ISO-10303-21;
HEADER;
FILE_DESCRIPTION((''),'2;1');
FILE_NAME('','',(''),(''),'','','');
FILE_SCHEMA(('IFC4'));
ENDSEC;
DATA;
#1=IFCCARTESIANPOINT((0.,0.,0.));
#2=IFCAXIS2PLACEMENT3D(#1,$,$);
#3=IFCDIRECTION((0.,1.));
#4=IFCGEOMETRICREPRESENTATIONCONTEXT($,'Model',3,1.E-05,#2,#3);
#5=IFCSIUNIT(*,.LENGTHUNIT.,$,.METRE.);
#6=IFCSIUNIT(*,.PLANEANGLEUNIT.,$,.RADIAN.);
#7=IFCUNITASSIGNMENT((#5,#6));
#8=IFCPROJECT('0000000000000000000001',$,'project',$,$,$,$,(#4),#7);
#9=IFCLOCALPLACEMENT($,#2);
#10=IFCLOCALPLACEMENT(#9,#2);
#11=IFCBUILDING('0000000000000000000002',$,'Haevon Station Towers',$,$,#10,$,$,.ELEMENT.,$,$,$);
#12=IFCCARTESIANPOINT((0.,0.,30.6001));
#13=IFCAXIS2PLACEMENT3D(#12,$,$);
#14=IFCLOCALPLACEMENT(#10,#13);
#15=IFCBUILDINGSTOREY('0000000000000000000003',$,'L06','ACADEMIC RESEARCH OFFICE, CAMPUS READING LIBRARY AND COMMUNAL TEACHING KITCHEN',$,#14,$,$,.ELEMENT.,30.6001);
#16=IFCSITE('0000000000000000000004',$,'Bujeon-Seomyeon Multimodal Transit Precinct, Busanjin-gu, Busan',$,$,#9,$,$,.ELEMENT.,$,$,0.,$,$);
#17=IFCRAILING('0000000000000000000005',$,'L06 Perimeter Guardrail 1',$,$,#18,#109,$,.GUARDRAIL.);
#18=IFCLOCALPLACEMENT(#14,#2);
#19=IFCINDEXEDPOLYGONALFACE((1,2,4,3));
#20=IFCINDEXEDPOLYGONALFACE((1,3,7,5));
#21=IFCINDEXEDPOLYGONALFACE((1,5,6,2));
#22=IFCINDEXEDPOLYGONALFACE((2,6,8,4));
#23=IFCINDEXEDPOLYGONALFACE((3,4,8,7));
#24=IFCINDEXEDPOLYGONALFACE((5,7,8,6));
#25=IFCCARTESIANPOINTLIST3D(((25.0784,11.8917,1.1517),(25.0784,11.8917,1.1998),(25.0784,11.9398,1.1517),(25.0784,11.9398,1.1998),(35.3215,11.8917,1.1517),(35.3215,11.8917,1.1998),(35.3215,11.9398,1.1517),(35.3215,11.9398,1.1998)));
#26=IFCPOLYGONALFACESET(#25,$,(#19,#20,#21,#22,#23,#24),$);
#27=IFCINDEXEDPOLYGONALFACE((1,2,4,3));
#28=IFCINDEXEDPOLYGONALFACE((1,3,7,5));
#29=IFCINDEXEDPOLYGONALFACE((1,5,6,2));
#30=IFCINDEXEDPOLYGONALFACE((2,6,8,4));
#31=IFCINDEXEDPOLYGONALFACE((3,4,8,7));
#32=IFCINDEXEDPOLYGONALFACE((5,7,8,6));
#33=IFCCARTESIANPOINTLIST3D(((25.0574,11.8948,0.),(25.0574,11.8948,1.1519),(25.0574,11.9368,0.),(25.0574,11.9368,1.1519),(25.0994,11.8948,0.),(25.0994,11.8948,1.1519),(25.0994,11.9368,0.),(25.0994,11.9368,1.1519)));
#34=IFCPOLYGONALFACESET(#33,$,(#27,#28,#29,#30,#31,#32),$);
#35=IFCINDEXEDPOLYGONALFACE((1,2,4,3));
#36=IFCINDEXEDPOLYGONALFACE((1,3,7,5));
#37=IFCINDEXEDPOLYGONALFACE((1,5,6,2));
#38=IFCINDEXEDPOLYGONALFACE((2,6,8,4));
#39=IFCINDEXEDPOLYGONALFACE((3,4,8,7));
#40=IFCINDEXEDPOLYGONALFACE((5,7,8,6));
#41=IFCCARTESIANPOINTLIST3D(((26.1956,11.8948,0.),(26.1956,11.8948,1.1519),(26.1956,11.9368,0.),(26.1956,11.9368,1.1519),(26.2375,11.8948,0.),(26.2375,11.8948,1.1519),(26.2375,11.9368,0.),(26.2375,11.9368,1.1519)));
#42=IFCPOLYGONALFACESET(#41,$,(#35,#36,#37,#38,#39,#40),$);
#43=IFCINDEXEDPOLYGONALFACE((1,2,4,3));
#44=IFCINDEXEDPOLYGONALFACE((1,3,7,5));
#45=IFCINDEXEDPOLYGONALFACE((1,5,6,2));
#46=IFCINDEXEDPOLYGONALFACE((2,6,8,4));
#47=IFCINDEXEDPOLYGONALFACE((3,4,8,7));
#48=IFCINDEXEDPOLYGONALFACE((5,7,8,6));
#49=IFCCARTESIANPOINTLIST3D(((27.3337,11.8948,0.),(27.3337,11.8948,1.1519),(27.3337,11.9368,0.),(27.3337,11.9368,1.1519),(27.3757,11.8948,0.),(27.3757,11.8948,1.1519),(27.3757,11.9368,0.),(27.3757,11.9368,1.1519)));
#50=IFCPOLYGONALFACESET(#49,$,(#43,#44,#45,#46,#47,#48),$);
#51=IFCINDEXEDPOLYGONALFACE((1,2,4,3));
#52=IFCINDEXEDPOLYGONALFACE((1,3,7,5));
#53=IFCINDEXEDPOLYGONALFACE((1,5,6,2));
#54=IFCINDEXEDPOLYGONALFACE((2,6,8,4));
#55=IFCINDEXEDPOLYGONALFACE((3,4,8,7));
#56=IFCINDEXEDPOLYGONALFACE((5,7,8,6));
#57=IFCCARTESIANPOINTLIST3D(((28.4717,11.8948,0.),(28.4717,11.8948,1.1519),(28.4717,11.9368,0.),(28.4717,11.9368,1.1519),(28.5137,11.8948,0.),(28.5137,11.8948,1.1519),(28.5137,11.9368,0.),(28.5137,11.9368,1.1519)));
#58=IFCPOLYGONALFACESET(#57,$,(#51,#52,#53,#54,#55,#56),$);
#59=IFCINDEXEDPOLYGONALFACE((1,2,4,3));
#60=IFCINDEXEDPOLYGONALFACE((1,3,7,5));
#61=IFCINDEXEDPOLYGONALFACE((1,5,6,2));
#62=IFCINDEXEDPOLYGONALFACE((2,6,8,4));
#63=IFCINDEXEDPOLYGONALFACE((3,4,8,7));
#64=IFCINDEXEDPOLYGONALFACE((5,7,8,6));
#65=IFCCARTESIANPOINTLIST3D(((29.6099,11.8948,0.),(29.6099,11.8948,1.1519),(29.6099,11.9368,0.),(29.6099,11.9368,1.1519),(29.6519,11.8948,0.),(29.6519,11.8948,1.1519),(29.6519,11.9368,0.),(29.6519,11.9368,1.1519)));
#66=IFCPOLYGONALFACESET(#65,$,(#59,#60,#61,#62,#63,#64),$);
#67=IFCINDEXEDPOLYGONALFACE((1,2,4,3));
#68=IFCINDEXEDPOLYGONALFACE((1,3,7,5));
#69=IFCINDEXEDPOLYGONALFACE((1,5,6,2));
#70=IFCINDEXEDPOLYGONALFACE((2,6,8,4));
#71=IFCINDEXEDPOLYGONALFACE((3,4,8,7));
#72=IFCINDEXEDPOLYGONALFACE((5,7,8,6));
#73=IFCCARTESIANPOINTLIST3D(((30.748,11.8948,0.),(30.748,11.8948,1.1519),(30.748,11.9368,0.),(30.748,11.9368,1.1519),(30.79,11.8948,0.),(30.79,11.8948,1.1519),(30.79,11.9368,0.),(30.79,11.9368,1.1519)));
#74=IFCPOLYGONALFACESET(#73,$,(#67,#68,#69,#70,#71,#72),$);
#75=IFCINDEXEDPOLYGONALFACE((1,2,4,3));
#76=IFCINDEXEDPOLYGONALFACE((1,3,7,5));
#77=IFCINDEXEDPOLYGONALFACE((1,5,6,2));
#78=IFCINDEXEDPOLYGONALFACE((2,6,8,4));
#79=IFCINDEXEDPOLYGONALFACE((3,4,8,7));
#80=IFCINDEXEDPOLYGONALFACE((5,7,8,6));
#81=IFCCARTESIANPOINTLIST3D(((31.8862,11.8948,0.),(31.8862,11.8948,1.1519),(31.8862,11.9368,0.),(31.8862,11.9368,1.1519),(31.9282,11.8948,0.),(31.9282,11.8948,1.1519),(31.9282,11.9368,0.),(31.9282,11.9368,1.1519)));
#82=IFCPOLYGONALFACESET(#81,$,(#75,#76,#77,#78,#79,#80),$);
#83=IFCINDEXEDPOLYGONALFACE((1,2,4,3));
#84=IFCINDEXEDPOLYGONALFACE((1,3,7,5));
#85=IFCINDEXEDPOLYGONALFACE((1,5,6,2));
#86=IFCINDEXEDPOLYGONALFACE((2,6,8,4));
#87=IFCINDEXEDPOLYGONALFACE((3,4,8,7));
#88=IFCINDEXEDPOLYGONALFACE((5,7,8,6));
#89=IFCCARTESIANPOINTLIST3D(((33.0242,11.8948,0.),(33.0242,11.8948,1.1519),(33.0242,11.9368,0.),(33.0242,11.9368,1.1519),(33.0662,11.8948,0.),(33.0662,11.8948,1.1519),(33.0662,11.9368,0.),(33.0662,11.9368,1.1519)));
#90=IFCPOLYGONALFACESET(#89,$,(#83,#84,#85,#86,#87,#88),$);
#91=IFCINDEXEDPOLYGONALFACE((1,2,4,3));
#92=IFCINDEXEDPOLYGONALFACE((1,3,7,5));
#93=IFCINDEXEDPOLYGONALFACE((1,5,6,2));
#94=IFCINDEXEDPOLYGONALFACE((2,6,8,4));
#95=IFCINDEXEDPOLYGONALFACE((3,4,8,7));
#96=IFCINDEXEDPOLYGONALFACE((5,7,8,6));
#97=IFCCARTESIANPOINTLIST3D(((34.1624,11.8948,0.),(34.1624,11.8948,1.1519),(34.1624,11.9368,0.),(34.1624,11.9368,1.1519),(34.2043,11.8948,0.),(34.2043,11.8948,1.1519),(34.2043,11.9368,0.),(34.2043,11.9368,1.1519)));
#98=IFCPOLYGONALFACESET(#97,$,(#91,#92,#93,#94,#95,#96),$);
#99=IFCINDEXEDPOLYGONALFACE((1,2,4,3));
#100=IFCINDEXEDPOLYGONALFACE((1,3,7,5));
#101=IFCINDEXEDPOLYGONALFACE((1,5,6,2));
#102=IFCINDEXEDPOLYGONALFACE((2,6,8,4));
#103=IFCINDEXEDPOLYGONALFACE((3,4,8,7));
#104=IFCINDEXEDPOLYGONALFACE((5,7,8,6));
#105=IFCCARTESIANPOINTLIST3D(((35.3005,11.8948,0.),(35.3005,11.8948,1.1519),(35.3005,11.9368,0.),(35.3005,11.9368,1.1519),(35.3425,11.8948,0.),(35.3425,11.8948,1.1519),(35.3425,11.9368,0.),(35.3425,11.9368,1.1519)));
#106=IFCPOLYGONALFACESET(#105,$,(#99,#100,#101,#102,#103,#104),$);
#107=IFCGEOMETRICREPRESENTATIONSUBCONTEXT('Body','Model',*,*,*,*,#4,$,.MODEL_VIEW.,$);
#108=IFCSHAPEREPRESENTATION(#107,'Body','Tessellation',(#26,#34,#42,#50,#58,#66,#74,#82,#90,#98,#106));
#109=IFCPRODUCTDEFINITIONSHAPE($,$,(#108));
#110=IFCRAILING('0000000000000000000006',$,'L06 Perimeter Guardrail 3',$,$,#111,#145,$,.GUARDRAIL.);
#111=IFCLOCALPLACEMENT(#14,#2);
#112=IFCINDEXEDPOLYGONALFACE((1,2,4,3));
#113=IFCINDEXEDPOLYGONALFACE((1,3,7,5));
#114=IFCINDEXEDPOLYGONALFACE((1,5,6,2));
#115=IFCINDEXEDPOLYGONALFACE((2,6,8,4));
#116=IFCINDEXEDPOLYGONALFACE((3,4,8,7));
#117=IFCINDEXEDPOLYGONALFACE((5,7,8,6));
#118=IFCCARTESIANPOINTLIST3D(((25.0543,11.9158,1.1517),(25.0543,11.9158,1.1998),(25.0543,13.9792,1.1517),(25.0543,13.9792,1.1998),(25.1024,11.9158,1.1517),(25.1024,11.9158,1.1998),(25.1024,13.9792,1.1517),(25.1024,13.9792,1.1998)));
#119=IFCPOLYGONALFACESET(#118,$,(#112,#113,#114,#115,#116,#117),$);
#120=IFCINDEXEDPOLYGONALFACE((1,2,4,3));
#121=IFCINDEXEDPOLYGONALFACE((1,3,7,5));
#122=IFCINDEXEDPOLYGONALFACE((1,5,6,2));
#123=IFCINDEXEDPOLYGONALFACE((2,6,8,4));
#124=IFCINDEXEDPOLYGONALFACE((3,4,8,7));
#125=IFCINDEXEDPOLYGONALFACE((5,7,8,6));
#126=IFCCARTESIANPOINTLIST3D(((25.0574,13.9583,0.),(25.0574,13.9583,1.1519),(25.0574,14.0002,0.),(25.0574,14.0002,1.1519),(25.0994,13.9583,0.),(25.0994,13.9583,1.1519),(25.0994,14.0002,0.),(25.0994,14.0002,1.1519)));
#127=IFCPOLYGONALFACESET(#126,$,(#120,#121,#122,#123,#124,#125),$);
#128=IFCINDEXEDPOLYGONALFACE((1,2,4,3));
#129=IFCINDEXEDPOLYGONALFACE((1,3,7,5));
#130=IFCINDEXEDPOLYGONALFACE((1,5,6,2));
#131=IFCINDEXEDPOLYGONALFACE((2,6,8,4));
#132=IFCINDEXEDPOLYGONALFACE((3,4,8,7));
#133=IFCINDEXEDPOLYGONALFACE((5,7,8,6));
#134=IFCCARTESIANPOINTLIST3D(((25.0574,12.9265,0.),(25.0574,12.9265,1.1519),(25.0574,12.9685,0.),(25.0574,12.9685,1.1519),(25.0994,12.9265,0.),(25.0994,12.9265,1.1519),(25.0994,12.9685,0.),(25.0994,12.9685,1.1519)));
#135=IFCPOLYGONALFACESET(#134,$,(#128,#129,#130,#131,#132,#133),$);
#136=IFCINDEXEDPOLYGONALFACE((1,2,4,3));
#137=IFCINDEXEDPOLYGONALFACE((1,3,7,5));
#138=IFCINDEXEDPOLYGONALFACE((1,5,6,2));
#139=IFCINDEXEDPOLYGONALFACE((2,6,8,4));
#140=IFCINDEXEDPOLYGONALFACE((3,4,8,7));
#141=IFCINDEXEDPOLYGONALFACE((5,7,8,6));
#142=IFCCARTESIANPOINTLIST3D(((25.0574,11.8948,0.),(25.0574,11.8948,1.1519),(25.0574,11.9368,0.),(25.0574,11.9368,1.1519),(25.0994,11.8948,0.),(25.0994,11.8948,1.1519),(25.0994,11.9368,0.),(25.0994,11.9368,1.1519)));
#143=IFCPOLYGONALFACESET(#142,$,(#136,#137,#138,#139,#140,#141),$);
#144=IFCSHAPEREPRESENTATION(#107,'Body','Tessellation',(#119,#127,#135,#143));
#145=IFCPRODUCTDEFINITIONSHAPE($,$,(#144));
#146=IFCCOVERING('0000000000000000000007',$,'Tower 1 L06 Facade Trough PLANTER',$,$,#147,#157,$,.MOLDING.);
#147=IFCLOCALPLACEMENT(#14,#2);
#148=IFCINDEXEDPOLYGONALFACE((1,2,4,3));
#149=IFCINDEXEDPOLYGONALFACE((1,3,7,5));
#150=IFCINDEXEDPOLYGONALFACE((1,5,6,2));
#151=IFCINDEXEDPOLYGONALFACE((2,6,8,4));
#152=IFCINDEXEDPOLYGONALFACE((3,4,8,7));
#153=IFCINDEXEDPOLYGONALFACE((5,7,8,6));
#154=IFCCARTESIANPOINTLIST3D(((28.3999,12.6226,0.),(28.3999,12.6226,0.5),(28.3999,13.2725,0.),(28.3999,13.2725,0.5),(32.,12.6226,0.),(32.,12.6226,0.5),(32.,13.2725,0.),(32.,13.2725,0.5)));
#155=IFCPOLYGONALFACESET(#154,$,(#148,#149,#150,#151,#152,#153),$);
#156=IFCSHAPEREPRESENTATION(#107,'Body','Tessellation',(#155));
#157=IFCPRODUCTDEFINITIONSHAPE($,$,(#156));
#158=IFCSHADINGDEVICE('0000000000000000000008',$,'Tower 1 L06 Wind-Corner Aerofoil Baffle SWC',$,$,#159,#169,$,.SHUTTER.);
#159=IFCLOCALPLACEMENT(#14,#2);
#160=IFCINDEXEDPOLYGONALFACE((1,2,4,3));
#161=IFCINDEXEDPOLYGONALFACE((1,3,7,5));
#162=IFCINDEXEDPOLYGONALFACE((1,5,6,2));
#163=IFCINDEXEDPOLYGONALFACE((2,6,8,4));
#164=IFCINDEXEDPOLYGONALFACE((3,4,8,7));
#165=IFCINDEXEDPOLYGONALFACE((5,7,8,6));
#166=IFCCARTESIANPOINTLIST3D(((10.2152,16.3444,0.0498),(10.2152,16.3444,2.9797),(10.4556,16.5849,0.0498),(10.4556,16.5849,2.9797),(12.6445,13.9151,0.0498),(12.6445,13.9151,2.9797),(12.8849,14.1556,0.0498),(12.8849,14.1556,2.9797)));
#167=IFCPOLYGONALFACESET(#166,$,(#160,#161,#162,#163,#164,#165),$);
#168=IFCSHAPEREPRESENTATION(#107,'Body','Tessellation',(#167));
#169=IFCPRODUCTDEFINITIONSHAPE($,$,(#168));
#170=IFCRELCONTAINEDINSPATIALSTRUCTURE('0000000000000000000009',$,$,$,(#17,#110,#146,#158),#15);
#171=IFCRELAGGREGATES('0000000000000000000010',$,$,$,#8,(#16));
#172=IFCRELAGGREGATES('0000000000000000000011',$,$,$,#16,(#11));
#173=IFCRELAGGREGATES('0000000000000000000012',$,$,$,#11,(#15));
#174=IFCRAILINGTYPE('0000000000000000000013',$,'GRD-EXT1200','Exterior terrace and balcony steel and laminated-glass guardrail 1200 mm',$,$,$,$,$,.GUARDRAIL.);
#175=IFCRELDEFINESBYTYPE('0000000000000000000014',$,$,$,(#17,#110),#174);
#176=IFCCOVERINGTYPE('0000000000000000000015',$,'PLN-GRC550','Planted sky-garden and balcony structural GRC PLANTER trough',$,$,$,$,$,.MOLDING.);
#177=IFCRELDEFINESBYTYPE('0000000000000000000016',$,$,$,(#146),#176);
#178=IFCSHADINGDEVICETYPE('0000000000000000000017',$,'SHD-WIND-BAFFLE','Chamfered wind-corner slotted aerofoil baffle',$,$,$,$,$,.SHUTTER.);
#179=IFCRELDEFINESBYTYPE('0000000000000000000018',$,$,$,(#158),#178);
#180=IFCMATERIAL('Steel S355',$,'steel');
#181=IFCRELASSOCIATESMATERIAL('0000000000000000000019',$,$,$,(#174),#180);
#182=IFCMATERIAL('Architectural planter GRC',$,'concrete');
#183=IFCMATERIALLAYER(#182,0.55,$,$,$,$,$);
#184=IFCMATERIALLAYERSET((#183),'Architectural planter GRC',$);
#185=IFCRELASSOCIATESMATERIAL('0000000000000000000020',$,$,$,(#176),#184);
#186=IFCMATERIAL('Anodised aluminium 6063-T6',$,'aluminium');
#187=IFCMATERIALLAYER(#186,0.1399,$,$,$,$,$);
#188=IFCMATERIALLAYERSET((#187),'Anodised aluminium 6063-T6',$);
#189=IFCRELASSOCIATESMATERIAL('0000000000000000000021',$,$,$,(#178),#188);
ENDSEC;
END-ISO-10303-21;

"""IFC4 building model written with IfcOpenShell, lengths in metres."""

from ifc_helpers import new_model, si_unit, direction, frame, origin, origin_2d, place, context, subcontext, project, spatial, rectangle, extrude, material, layer, layer_set, type_object, element, save


model = new_model("IFC4")

# Units and contexts
model_context = context("Model", 3, precision=1e-05, world=origin(), true_north=direction((0.0, 1.0)))
body_context = subcontext(model_context, "Body", "Model", "MODEL_VIEW")
ifc_project = project(units=[si_unit("LENGTHUNIT", "METRE"), si_unit("PLANEANGLEUNIT", "RADIAN")], contexts=[model_context])

# Site, building, storey
site_placement = place(None, origin())
site = spatial("IfcSite", under=ifc_project, at=site_placement, Name="Bujeon-Seomyeon Multimodal Transit Precinct, Busanjin-gu, Busan", CompositionType="ELEMENT", RefElevation=0.0)
building_placement = place(site_placement, origin())
building = spatial("IfcBuilding", under=site, at=building_placement, Name="Haevon Station Towers", CompositionType="ELEMENT")
storey_placement = place(building_placement, frame((0.0, 0.0, 30.6001)))
storey = spatial("IfcBuildingStorey", under=building, at=storey_placement, Name="L06", Description="ACADEMIC RESEARCH OFFICE, CAMPUS READING LIBRARY AND COMMUNAL TEACHING KITCHEN", CompositionType="ELEMENT", Elevation=30.6001)

# Shared definitions
ifc_material_1 = material(Name="Steel S355", Category="steel")

# Railings
railing_type = type_object("IfcRailingType", Name="GRD-EXT1200", Description="Exterior terrace and balcony steel and laminated-glass guardrail 1200 mm", PredefinedType="GUARDRAIL", material=ifc_material_1)
railing_1_placement = place(storey_placement, frame((25.0784, 11.9158, 0.0)))
element("IfcRailing", 1, at=railing_1_placement, inside=storey, type_object=railing_type, Name="L06 Perimeter Guardrail 1", PredefinedType="GUARDRAIL", context=body_context, shape_type="SweptSolid", body=[
    extrude(rectangle(XDim=0.0481, YDim=0.0481, at=origin_2d()), frame((0.0, 0.0, 1.1758), z_axis=(1.0, 0.0, 0.0), x_axis=(0.0, 1.0, 0.0)), (0.0, 0.0, 1.0), 10.2432),
    extrude(rectangle(XDim=0.042, YDim=0.042, at=origin_2d()), origin(), (0.0, 0.0, 1.0), 1.1519),
    extrude(rectangle(XDim=0.042, YDim=0.042, at=origin_2d()), frame((1.1382, 0.0, 0.0)), (0.0, 0.0, 1.0), 1.1519),
    extrude(rectangle(XDim=0.042, YDim=0.042, at=origin_2d()), frame((2.2764, 0.0, 0.0)), (0.0, 0.0, 1.0), 1.1519),
    extrude(rectangle(XDim=0.042, YDim=0.042, at=origin_2d()), frame((3.4143, 0.0, 0.0)), (0.0, 0.0, 1.0), 1.1519),
    extrude(rectangle(XDim=0.042, YDim=0.042, at=origin_2d()), frame((4.5525, 0.0, 0.0)), (0.0, 0.0, 1.0), 1.1519),
    extrude(rectangle(XDim=0.042, YDim=0.042, at=origin_2d()), frame((5.6907, 0.0, 0.0)), (0.0, 0.0, 1.0), 1.1519),
    extrude(rectangle(XDim=0.042, YDim=0.042, at=origin_2d()), frame((6.8289, 0.0, 0.0)), (0.0, 0.0, 1.0), 1.1519),
    extrude(rectangle(XDim=0.042, YDim=0.042, at=origin_2d()), frame((7.9668, 0.0, 0.0)), (0.0, 0.0, 1.0), 1.1519),
    extrude(rectangle(XDim=0.042, YDim=0.042, at=origin_2d()), frame((9.105, 0.0, 0.0)), (0.0, 0.0, 1.0), 1.1519),
    extrude(rectangle(XDim=0.042, YDim=0.042, at=origin_2d()), frame((10.2432, 0.0, 0.0)), (0.0, 0.0, 1.0), 1.1519),
])
railing_2_placement = place(storey_placement, frame((25.0784, 13.9792, 0.0)))
element("IfcRailing", 2, at=railing_2_placement, inside=storey, type_object=railing_type, Name="L06 Perimeter Guardrail 3", PredefinedType="GUARDRAIL", context=body_context, shape_type="SweptSolid", body=[
    extrude(rectangle(XDim=0.0481, YDim=0.0481, at=origin_2d()), frame((0.0, 0.0, 1.1758), z_axis=(0.0, -1.0, 0.0), x_axis=(1.0, 0.0, 0.0)), (0.0, 0.0, 1.0), 2.0635),
    extrude(rectangle(XDim=0.042, YDim=0.042, at=origin_2d()), origin(), (0.0, 0.0, 1.0), 1.1519),
    extrude(rectangle(XDim=0.042, YDim=0.042, at=origin_2d()), frame((0.0, -1.0317, 0.0)), (0.0, 0.0, 1.0), 1.1519),
    extrude(rectangle(XDim=0.042, YDim=0.042, at=origin_2d()), frame((0.0, -2.0635, 0.0)), (0.0, 0.0, 1.0), 1.1519),
])

# Covering
ifc_material_2 = material(Name="Architectural planter GRC", Category="concrete")
ifc_layer_1 = layer(ifc_material_2, 0.55)
ifc_layer_set_1 = layer_set([ifc_layer_1], Name="Architectural planter GRC")
covering_type_1 = type_object("IfcCoveringType", Name="PLN-GRC550", Description="Planted sky-garden and balcony structural GRC PLANTER trough", PredefinedType="MOLDING", material=ifc_layer_set_1)
covering_1_placement = place(storey_placement, frame((30.2, 12.9475, 0.0), z_axis=(0.0, 0.0, 1.0), x_axis=(1.0, 0.0, 0.0)))
element("IfcCovering", 3, at=covering_1_placement, inside=storey, type_object=covering_type_1, Name="Tower 1 L06 Facade Trough PLANTER", PredefinedType="MOLDING", context=body_context, shape_type="SweptSolid", body=[
    extrude(rectangle(XDim=3.6001, YDim=0.6499, at=origin_2d()), origin(), (0.0, 0.0, 1.0), 0.5),
])

# Shading device
ifc_material_3 = material(Name="Anodised aluminium 6063-T6", Category="aluminium")
ifc_layer_2 = layer(ifc_material_3, 0.1399)
ifc_layer_set_2 = layer_set([ifc_layer_2], Name="Anodised aluminium 6063-T6")
shading_device_type = type_object("IfcShadingDeviceType", Name="SHD-WIND-BAFFLE", Description="Chamfered wind-corner slotted aerofoil baffle", PredefinedType="SHUTTER", material=ifc_layer_set_2)
shading_device_placement = place(storey_placement, frame((11.55, 15.25, 0.0498), z_axis=(0.0, 0.0, 1.0), x_axis=(-0.707107, 0.707107, 0.0)))
element("IfcShadingDevice", 4, at=shading_device_placement, inside=storey, type_object=shading_device_type, Name="Tower 1 L06 Wind-Corner Aerofoil Baffle SWC", PredefinedType="SHUTTER", context=body_context, shape_type="SweptSolid", body=[
    extrude(rectangle(XDim=3.4355, YDim=0.3401, at=origin_2d()), origin(), (0.0, 0.0, 1.0), 2.9299),
])

save(model, "model.ifc")
